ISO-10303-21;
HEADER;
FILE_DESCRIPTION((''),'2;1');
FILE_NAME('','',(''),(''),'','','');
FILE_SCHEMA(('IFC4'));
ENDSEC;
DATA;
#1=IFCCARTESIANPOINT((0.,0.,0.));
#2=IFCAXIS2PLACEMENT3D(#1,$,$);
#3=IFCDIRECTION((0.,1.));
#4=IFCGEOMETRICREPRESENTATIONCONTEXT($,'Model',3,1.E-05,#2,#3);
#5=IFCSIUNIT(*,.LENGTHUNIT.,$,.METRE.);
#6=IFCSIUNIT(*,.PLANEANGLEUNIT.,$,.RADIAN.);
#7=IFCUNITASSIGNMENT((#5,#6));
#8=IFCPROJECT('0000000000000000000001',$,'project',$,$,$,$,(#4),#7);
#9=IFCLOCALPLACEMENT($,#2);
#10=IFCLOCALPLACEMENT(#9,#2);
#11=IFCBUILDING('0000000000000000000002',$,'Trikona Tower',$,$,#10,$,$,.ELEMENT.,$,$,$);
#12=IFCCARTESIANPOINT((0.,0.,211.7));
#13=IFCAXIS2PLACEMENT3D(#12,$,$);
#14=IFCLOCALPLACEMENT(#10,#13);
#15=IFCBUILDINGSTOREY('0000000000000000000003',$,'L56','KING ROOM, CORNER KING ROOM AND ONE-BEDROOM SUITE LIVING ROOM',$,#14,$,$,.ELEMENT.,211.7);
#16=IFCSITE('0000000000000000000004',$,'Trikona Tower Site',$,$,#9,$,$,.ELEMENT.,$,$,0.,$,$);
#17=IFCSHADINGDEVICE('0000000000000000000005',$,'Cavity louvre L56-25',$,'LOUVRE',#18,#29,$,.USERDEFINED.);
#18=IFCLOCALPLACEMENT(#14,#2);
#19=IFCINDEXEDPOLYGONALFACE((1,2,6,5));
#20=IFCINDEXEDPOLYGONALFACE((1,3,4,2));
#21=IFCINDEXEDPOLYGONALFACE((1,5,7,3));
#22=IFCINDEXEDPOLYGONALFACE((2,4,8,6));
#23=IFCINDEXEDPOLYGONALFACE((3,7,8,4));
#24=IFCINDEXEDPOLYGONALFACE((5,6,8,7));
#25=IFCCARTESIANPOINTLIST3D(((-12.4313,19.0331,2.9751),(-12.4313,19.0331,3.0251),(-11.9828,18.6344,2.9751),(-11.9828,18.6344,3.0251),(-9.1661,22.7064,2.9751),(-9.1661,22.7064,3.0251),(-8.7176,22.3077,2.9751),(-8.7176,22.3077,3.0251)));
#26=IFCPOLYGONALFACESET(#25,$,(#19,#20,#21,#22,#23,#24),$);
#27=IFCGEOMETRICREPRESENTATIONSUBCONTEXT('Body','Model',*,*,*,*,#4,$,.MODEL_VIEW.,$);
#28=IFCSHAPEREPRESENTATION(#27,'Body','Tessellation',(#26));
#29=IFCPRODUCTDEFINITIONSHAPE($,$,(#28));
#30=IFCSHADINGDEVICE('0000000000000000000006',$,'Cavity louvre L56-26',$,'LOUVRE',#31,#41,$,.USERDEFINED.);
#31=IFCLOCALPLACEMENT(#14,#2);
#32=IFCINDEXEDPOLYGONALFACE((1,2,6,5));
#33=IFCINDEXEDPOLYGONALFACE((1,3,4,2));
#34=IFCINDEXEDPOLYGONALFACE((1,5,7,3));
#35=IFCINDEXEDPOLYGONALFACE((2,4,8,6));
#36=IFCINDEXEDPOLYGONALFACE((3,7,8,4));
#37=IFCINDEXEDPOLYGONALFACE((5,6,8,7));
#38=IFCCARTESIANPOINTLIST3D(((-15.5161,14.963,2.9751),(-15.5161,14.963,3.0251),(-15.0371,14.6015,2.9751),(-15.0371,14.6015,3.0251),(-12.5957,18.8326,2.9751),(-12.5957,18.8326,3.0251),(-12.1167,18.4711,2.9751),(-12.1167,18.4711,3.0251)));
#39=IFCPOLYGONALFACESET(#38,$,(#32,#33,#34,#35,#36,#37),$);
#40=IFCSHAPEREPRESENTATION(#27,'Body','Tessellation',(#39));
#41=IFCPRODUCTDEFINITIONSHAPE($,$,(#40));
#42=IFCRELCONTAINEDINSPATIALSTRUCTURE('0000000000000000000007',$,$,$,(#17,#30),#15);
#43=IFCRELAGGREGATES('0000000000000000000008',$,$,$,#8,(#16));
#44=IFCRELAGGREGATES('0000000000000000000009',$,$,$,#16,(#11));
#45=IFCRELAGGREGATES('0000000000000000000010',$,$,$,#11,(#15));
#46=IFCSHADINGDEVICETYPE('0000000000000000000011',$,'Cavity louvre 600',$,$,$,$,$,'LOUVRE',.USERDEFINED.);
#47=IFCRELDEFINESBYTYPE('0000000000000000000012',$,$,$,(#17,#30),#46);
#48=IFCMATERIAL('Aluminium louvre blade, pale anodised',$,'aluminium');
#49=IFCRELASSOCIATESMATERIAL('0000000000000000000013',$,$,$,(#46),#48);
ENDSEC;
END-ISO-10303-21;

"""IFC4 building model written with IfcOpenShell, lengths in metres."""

from ifc_helpers import new_model, si_unit, direction, frame, origin, origin_2d, place, context, subcontext, project, spatial, rectangle, extrude, material, type_object, element, save


model = new_model("IFC4")

# Units and contexts
model_context = context("Model", 3, precision=1e-05, world=origin(), true_north=direction((0.0, 1.0)))
body_context = subcontext(model_context, "Body", "Model", "MODEL_VIEW")
ifc_project = project(units=[si_unit("LENGTHUNIT", "METRE"), si_unit("PLANEANGLEUNIT", "RADIAN")], contexts=[model_context])

# Site, building, storey
site_placement = place(None, origin())
site = spatial("IfcSite", under=ifc_project, at=site_placement, Name="Trikona Tower Site", CompositionType="ELEMENT", RefElevation=0.0)
building_placement = place(site_placement, origin())
building = spatial("IfcBuilding", under=site, at=building_placement, Name="Trikona Tower", CompositionType="ELEMENT")
storey_placement = place(building_placement, frame((0.0, 0.0, 211.7)))
storey = spatial("IfcBuildingStorey", under=building, at=storey_placement, Name="L56", Description="KING ROOM, CORNER KING ROOM AND ONE-BEDROOM SUITE LIVING ROOM", CompositionType="ELEMENT", Elevation=211.7)

# Shading devices
ifc_material_1 = material(Name="Aluminium louvre blade, pale anodised", Category="aluminium")
shading_device_type = type_object("IfcShadingDeviceType", Name="Cavity louvre 600", ElementType="LOUVRE", PredefinedType="USERDEFINED", material=ifc_material_1)
shading_device_1_placement = place(storey_placement, frame((-10.5745, 20.6704, 2.9751), z_axis=(0.0, 0.0, 1.0), x_axis=(-0.664367, -0.747406, 0.0)))
element("IfcShadingDevice", 1, at=shading_device_1_placement, inside=storey, type_object=shading_device_type, Name="Cavity louvre L56-25", ObjectType="LOUVRE", PredefinedType="USERDEFINED", context=body_context, shape_type="SweptSolid", body=[
    extrude(rectangle(XDim=4.9148, YDim=0.6001, at=origin_2d()), origin(), (0.0, 0.0, 1.0), 0.05),
])
shading_device_2_placement = place(storey_placement, frame((-13.8164, 16.717, 2.9751), z_axis=(0.0, 0.0, 1.0), x_axis=(-0.602402, -0.798193, 0.0)))
element("IfcShadingDevice", 2, at=shading_device_2_placement, inside=storey, type_object=shading_device_type, Name="Cavity louvre L56-26", ObjectType="LOUVRE", PredefinedType="USERDEFINED", context=body_context, shape_type="SweptSolid", body=[
    extrude(rectangle(XDim=4.8479, YDim=0.6001, at=origin_2d()), origin(), (0.0, 0.0, 1.0), 0.05),
])

save(model, "model.ifc")
